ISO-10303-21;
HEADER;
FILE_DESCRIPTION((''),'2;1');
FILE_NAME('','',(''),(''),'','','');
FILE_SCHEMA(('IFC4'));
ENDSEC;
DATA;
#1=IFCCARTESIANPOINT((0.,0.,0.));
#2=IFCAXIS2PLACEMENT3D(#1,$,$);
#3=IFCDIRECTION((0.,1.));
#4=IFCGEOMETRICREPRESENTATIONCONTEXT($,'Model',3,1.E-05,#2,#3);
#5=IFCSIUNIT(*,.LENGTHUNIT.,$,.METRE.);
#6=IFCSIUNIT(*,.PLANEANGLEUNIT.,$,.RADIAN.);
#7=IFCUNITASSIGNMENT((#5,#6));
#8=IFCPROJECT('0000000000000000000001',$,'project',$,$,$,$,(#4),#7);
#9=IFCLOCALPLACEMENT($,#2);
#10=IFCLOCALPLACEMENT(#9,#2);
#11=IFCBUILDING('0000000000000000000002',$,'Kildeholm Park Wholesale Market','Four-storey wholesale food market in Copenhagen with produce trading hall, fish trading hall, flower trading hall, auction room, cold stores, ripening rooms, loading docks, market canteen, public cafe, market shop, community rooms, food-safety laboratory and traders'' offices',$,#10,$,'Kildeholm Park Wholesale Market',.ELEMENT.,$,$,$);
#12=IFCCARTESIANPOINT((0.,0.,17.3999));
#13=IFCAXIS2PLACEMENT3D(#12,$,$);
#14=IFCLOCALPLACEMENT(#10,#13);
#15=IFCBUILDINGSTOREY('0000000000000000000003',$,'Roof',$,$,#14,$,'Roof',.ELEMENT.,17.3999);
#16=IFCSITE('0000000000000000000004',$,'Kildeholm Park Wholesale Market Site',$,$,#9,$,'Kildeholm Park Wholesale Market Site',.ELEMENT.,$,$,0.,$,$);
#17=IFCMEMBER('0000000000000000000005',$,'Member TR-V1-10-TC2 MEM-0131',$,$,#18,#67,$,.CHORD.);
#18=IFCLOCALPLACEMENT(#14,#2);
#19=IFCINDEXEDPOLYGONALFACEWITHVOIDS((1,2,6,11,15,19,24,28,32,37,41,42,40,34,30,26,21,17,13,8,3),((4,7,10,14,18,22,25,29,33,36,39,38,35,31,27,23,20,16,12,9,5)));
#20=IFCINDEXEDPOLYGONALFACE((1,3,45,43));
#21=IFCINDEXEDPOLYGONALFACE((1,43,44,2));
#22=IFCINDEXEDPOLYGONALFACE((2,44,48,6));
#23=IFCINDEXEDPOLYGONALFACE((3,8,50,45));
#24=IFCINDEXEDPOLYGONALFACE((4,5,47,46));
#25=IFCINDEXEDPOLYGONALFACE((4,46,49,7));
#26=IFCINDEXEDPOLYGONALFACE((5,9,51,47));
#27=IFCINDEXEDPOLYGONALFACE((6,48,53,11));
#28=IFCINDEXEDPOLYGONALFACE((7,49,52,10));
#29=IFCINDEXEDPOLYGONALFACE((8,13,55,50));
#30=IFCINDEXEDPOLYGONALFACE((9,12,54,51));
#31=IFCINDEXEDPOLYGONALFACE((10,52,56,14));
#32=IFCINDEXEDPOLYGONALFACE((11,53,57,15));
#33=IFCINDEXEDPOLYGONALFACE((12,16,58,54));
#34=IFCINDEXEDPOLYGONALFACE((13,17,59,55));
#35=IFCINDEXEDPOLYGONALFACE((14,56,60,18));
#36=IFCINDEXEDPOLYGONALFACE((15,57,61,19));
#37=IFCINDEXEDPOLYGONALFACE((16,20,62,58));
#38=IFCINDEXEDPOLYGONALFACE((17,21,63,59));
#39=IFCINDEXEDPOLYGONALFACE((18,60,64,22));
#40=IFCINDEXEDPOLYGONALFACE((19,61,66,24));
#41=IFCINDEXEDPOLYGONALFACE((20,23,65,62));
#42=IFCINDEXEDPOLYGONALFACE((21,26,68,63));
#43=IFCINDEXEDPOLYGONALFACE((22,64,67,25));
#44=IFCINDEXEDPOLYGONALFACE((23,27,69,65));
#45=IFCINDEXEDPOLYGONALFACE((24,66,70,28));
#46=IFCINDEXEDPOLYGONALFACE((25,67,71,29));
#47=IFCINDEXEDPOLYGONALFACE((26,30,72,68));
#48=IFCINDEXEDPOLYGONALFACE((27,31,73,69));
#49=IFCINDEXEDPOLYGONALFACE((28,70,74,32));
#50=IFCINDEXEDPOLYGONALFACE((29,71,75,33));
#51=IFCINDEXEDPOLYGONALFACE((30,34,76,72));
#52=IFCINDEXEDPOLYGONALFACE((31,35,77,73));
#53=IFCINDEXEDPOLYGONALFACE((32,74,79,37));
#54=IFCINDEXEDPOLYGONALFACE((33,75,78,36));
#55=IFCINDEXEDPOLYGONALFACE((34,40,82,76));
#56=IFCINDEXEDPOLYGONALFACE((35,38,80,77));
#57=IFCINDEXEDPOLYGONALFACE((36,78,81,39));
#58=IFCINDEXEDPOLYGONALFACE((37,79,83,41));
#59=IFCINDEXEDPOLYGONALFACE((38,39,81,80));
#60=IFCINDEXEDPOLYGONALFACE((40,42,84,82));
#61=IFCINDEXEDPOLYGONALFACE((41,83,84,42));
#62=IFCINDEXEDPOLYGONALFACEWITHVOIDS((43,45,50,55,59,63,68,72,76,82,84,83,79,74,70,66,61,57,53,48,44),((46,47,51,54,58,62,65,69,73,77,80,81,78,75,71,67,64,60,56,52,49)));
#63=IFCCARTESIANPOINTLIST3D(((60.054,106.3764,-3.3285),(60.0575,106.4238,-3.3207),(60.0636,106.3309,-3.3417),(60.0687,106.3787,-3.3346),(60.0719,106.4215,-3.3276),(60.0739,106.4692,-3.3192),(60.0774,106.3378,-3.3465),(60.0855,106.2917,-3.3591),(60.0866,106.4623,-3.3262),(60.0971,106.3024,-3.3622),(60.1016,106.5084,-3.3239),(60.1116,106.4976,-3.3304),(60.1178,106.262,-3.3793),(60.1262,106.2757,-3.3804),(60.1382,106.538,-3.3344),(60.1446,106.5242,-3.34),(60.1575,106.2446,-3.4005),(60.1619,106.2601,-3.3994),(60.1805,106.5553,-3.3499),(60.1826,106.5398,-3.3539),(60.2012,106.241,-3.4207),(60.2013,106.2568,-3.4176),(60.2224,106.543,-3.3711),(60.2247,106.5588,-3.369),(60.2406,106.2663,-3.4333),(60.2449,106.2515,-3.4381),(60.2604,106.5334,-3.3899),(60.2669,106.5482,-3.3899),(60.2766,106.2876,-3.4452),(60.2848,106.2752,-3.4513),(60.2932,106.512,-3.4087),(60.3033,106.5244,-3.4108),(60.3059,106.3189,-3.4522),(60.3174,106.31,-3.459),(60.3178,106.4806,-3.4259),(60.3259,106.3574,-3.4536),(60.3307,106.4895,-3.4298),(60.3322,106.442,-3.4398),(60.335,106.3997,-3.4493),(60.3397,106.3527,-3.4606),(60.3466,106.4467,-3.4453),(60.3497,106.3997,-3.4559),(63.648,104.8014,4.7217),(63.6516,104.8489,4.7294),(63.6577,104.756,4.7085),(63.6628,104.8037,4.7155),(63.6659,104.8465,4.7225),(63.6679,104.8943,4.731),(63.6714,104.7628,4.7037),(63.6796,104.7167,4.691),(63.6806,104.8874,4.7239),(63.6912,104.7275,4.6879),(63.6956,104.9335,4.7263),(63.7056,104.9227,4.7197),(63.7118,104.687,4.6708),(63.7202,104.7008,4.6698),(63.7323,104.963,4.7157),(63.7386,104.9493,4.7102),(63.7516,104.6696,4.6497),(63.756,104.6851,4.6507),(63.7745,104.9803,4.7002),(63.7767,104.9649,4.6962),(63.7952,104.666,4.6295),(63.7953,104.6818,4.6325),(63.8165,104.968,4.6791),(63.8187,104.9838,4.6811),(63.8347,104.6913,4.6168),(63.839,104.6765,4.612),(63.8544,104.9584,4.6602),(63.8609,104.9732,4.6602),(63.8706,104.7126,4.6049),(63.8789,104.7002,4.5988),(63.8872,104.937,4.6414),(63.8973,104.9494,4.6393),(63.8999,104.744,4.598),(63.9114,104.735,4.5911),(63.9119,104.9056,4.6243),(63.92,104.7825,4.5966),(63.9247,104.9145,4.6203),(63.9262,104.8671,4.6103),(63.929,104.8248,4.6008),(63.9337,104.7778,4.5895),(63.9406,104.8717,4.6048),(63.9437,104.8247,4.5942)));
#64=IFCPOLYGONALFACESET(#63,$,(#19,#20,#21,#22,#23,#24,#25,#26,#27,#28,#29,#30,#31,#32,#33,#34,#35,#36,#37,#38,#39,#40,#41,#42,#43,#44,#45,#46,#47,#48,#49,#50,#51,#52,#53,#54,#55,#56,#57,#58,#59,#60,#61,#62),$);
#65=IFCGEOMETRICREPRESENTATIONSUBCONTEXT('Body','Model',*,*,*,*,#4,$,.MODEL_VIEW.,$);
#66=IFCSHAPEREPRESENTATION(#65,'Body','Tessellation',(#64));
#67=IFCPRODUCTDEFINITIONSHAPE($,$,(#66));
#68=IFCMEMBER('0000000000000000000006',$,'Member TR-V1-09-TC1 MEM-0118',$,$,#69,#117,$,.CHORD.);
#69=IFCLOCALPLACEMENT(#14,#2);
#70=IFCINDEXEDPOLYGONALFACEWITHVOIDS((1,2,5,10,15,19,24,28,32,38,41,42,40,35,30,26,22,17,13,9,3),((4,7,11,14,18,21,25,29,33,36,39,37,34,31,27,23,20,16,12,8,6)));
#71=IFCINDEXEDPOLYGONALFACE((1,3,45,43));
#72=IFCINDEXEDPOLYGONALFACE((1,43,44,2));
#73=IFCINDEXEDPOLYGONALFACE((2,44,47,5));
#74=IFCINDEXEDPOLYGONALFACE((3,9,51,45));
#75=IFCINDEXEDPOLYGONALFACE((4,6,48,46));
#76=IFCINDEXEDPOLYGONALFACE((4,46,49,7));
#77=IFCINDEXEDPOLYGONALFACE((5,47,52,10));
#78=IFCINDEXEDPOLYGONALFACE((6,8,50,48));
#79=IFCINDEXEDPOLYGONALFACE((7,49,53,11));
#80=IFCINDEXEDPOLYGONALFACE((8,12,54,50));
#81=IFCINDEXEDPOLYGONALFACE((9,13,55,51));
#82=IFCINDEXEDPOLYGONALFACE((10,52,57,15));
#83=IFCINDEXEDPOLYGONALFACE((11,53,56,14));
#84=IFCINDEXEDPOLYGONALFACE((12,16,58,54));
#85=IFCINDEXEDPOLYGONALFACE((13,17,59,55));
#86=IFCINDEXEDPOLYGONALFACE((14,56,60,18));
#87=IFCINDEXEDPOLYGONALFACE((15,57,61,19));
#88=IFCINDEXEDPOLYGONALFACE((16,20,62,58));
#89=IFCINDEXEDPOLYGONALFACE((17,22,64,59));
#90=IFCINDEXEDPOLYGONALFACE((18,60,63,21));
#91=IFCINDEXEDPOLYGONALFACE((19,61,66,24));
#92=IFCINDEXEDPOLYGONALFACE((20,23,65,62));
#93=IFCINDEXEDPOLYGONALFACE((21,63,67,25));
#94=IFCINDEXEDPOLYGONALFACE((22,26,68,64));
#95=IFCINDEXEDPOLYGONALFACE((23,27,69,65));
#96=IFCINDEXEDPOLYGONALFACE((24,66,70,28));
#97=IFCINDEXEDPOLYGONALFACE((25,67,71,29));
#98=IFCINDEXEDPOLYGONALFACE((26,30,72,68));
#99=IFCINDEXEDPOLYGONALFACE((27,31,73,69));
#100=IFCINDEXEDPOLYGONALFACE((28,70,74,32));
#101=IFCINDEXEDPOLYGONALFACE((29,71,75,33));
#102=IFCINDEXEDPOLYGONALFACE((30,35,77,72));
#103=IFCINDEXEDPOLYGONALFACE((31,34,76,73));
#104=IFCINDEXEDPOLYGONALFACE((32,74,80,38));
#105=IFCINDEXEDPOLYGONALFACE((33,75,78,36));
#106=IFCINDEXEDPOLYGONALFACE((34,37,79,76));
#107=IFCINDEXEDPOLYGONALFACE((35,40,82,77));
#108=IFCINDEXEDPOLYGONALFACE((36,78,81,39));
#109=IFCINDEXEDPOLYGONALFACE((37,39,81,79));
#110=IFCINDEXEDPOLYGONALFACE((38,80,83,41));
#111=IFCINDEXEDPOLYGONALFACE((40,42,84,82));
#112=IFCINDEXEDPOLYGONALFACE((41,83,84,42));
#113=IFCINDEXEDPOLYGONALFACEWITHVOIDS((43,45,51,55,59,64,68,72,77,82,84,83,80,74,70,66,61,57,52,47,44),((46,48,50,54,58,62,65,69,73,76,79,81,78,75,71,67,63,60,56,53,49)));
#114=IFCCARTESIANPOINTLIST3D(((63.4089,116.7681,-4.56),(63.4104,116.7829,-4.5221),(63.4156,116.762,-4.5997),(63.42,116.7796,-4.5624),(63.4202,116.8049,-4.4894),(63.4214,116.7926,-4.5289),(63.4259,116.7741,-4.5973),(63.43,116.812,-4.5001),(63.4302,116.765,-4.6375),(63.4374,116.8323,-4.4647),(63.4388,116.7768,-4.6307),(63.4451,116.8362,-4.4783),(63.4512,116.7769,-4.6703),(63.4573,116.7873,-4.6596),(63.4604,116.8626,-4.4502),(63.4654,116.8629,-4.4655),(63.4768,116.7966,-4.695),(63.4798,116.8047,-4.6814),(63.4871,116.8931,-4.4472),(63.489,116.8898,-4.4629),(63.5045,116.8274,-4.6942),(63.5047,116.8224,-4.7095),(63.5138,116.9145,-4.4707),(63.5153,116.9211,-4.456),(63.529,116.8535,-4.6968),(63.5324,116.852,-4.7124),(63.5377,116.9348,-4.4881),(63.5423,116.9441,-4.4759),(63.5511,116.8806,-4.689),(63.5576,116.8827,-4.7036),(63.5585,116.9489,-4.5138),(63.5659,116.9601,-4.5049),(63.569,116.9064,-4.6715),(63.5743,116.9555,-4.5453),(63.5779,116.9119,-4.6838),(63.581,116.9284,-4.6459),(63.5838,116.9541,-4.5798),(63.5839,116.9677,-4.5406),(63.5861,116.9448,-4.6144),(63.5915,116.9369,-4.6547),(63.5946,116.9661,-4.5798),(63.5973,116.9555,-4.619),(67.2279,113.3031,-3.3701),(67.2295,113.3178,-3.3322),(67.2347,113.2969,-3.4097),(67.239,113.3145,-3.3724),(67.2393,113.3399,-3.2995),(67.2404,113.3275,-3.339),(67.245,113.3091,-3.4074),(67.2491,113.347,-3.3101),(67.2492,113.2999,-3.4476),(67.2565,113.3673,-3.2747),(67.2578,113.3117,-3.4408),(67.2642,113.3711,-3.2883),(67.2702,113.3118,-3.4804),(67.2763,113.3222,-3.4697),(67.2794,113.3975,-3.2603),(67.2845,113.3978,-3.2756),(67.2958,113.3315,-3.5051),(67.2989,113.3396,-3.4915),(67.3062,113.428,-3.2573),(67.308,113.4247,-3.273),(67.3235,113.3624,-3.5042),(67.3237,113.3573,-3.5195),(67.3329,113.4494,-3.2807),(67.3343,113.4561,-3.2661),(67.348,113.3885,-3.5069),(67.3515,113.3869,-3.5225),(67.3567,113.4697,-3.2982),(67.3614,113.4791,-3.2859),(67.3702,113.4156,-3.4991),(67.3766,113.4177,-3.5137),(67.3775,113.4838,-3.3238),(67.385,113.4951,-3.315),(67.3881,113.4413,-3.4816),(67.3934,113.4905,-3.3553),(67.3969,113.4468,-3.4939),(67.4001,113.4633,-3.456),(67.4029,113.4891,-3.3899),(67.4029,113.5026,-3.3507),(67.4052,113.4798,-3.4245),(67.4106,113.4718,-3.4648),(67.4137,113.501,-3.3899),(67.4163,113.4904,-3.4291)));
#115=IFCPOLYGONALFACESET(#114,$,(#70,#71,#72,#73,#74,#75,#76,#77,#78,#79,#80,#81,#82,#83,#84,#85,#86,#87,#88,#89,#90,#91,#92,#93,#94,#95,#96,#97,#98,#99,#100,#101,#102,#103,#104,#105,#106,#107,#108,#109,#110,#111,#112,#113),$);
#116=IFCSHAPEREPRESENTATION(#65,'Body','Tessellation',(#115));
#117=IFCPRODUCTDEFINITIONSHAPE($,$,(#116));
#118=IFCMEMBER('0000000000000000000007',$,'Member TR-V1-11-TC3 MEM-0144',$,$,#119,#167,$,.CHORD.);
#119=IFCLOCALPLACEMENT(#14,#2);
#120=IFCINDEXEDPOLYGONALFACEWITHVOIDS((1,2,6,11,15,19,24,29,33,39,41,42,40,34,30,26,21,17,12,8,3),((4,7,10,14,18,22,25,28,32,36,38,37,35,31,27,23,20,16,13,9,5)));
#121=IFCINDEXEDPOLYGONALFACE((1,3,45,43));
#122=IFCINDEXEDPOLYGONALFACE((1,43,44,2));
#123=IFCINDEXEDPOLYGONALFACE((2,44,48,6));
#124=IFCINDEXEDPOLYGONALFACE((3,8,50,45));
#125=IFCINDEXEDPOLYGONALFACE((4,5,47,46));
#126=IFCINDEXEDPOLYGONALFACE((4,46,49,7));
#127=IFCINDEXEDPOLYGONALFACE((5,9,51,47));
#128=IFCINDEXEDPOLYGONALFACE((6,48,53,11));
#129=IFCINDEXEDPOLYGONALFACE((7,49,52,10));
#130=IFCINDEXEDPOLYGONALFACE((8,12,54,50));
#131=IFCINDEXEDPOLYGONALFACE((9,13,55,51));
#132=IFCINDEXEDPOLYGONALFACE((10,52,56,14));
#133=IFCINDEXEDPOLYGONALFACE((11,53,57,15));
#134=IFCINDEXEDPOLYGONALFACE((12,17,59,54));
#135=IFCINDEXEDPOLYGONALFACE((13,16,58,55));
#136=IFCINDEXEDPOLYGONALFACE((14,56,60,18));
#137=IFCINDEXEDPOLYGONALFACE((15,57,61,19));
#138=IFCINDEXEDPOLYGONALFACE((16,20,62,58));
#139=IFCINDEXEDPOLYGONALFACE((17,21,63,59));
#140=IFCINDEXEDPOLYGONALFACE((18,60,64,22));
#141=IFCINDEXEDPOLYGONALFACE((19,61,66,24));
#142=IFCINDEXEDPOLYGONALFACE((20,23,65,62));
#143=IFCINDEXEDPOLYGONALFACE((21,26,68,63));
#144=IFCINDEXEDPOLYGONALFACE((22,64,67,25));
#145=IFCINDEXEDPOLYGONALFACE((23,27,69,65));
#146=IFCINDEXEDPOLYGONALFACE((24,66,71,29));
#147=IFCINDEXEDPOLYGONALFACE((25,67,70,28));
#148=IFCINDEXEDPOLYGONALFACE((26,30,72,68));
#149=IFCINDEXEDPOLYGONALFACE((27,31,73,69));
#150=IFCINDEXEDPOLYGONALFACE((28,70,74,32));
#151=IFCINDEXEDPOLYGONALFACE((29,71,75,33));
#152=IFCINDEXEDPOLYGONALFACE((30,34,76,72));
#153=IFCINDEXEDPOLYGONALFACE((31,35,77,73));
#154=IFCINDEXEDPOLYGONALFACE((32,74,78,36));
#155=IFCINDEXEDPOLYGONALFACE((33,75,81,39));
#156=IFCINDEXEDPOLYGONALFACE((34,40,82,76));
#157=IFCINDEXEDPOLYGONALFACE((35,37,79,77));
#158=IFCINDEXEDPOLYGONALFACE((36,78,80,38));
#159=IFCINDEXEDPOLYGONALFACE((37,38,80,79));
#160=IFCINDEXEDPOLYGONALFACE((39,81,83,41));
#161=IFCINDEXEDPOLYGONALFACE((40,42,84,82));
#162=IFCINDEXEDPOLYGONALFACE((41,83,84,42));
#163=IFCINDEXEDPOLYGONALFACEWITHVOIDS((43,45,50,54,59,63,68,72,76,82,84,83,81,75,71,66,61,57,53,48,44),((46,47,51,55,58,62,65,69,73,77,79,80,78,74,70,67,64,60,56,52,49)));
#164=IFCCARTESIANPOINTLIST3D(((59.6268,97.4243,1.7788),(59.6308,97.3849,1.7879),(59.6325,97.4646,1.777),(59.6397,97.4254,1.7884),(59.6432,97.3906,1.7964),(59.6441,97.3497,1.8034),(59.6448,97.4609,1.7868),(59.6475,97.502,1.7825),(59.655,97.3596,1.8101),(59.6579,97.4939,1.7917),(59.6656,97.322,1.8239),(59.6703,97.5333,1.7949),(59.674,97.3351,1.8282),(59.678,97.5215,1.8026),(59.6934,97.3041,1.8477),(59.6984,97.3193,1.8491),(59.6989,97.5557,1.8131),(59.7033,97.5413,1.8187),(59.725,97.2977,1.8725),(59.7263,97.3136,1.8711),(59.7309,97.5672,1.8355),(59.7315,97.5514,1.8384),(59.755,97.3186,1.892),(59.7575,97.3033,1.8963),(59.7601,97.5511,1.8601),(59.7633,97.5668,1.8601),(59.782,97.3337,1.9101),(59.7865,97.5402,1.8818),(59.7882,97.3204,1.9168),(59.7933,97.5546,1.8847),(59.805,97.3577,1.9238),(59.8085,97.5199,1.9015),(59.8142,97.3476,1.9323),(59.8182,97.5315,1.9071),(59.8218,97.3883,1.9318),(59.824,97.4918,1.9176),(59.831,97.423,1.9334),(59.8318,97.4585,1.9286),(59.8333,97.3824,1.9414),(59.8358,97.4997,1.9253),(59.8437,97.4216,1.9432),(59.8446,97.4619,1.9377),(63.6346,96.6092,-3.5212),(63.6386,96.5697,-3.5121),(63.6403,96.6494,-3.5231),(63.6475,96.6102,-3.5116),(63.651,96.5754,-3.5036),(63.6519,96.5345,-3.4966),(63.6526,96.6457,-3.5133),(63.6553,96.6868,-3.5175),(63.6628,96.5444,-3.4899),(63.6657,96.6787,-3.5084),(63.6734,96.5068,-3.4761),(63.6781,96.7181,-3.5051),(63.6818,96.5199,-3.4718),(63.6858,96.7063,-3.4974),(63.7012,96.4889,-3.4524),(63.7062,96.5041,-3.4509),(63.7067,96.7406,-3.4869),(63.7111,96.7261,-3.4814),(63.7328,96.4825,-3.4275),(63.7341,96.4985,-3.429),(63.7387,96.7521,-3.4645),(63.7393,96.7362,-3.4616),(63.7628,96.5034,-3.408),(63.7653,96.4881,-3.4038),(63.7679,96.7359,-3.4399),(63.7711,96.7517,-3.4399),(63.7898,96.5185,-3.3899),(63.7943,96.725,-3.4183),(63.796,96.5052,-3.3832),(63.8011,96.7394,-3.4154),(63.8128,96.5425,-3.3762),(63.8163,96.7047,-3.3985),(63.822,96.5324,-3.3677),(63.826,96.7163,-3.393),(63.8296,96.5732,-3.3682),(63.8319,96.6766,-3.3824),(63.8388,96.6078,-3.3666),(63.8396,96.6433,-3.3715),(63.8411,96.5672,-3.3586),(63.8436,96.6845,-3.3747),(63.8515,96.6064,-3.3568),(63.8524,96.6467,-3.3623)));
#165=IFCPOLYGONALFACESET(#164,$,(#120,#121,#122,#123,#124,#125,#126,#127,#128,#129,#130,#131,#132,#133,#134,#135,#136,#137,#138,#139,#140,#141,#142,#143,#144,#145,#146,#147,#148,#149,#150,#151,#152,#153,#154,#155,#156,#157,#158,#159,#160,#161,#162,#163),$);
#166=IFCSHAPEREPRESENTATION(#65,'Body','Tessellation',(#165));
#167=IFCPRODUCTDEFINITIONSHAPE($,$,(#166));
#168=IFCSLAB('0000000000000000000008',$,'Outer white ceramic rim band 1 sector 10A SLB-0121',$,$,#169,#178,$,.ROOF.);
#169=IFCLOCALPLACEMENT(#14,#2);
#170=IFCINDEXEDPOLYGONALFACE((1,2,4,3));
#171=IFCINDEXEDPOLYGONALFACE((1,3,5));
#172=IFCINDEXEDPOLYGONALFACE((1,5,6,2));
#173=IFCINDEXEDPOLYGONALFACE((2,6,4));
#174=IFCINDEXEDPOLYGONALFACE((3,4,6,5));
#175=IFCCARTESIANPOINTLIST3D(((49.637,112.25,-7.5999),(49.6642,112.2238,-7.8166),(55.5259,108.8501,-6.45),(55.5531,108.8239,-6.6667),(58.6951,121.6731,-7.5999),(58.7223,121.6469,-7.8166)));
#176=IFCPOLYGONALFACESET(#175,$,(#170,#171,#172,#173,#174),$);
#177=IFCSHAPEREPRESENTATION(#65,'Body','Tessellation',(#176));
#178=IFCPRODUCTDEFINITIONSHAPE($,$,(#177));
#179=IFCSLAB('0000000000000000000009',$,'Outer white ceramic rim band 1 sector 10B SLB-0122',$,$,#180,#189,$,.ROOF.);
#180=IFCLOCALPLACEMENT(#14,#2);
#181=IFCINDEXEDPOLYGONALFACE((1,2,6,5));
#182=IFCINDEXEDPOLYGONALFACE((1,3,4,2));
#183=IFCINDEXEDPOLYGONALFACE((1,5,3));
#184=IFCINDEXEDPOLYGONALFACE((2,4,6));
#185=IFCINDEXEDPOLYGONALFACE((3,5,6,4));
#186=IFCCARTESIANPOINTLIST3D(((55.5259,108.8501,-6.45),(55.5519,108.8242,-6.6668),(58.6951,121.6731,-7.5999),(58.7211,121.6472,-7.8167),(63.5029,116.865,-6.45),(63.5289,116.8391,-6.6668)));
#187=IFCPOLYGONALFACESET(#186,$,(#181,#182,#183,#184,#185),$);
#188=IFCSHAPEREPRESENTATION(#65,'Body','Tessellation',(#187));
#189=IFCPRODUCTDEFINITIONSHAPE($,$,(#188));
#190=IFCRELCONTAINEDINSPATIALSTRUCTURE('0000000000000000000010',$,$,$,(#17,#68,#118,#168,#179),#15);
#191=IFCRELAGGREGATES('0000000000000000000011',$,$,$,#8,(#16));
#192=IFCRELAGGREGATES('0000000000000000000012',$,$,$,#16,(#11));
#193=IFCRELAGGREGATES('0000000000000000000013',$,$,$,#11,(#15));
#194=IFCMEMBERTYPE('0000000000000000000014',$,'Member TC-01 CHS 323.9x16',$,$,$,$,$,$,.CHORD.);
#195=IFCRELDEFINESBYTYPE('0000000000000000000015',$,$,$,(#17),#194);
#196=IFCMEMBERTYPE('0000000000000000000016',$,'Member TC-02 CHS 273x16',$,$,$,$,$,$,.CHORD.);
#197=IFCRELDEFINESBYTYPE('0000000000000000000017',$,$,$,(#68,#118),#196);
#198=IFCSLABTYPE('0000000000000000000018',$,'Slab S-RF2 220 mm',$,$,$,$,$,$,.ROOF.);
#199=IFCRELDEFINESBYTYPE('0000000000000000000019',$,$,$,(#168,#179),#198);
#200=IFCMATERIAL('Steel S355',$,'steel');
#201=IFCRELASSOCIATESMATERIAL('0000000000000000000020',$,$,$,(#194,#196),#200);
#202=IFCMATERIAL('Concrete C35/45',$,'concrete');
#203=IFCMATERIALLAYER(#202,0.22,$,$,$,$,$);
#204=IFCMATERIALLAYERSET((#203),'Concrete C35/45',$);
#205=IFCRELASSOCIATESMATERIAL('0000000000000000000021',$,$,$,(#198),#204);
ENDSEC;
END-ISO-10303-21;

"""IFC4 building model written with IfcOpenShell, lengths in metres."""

from ifc_helpers import new_model, si_unit, direction, frame, origin, origin_2d, place, context, subcontext, project, spatial, polyline, hollow_circle, outline, extrude, material, layer, layer_set, material_profile, profile_set, type_object, element, save


model = new_model("IFC4")

# Units and contexts
model_context = context("Model", 3, precision=1e-05, world=origin(), true_north=direction((0.0, 1.0)))
body_context = subcontext(model_context, "Body", "Model", "MODEL_VIEW")
ifc_project = project(units=[si_unit("LENGTHUNIT", "METRE"), si_unit("PLANEANGLEUNIT", "RADIAN")], contexts=[model_context])

# Site, building, storey
site_placement = place(None, origin())
site = spatial("IfcSite", under=ifc_project, at=site_placement, Name="Kildeholm Park Wholesale Market Site", LongName="Kildeholm Park Wholesale Market Site", CompositionType="ELEMENT", RefElevation=0.0)
building_placement = place(site_placement, origin())
building = spatial("IfcBuilding", under=site, at=building_placement, Name="Kildeholm Park Wholesale Market", Description="Four-storey wholesale food market in Copenhagen with produce trading hall, fish trading hall, flower trading hall, auction room, cold stores, ripening rooms, loading docks, market canteen, public cafe, market shop, community rooms, food-safety laboratory and traders' offices", LongName="Kildeholm Park Wholesale Market", CompositionType="ELEMENT")
storey_placement = place(building_placement, frame((0.0, 0.0, 17.3999)))
storey = spatial("IfcBuildingStorey", under=building, at=storey_placement, Name="Roof", LongName="Roof", CompositionType="ELEMENT", Elevation=17.3999)

# Shared definitions
ifc_material_1 = material(Name="Steel S355", Category="steel")

# Members
ifc_material_profile_1 = material_profile(ifc_material_1, hollow_circle(Radius=0.1619, WallThickness=0.0161, at=origin_2d()), Name="CHS 323.9x16")
ifc_profile_set_1 = profile_set([ifc_material_profile_1], Name="Steel S355")
member_type_1 = type_object("IfcMemberType", Name="Member TC-01 CHS 323.9x16", PredefinedType="CHORD", material=ifc_profile_set_1)
member_1_placement = place(storey_placement, frame((60.2019, 106.3999, -3.3899), z_axis=(0.401318, -0.175865, 0.898897), x_axis=(0.40137, 0.915916, 0.0)))
element("IfcMember", 1, at=member_1_placement, inside=storey, type_object=member_type_1, Name="Member TR-V1-10-TC2 MEM-0131", PredefinedType="CHORD", context=body_context, shape_type="SweptSolid", body=[
    extrude(hollow_circle(Radius=0.1619, WallThickness=0.0161, at=origin_2d()), origin(), (0.0, 0.0, 1.0), 8.9556),
])
ifc_material_profile_2 = material_profile(ifc_material_1, hollow_circle(Radius=0.1365, WallThickness=0.0161, at=origin_2d()), Name="CHS 273x16")
ifc_profile_set_2 = profile_set([ifc_material_profile_2], Name="Steel S355")
member_type_2 = type_object("IfcMemberType", Name="Member TC-02 CHS 273x16", PredefinedType="CHORD", material=ifc_profile_set_2)
member_2_placement = place(storey_placement, frame((63.5029, 116.865, -4.5798), z_axis=(0.721634, -0.654744, 0.224845), x_axis=(0.671949, 0.740597, 0.0)))
element("IfcMember", 2, at=member_2_placement, inside=storey, type_object=member_type_2, Name="Member TR-V1-09-TC1 MEM-0118", PredefinedType="CHORD", context=body_context, shape_type="SweptSolid", body=[
    extrude(hollow_circle(Radius=0.1365, WallThickness=0.0161, at=origin_2d()), origin(), (0.0, 0.0, 1.0), 5.2922),
])
member_3_placement = place(storey_placement, frame((59.7361, 97.4331, 1.8601), z_axis=(0.598664, -0.121768, -0.791691), x_axis=(0.199318, 0.979935, 0.0)))
element("IfcMember", 3, at=member_3_placement, inside=storey, type_object=member_type_2, Name="Member TR-V1-11-TC3 MEM-0144", PredefinedType="CHORD", context=body_context, shape_type="SweptSolid", body=[
    extrude(hollow_circle(Radius=0.1365, WallThickness=0.0161, at=origin_2d()), origin(), (0.0, 0.0, 1.0), 6.6946),
])

# Slabs
ifc_material_2 = material(Name="Concrete C35/45", Category="concrete")
ifc_layer_1 = layer(ifc_material_2, 0.22)
ifc_layer_set_1 = layer_set([ifc_layer_1], Name="Concrete C35/45")
slab_type = type_object("IfcSlabType", Name="Slab S-RF2 220 mm", PredefinedType="ROOF", material=ifc_layer_set_1)
slab_1_placement = place(storey_placement, frame((58.6951, 121.6731, -7.5999), z_axis=(-0.123712, 0.11892, 0.985167), x_axis=(-0.693007, -0.720931, 0.0)))
element("IfcSlab", 4, at=slab_1_placement, inside=storey, type_object=slab_type, Name="Outer white ceramic rim band 1 sector 10A SLB-0121", PredefinedType="ROOF", context=body_context, shape_type="SweptSolid", body=[
    extrude(outline(polyline([(0.0, 0.0), (13.0707, 0.0), (11.4408, 6.7011), (0.0, 0.0)])), origin(), (0.0, 0.0, -1.0), 0.22),
])
slab_2_placement = place(storey_placement, frame((58.6951, 121.6731, -7.5999), z_axis=(-0.118187, 0.117629, 0.986), x_axis=(-0.239026, -0.967132, 0.086728)))
element("IfcSlab", 5, at=slab_2_placement, inside=storey, type_object=slab_type, Name="Outer white ceramic rim band 1 sector 10B SLB-0122", PredefinedType="ROOF", context=body_context, shape_type="SweptSolid", body=[
    extrude(outline(polyline([(0.0, 0.0), (13.2588, 0.0), (3.6006, 5.8814), (0.0, 0.0)])), origin(), (0.0, 0.0, -1.0), 0.22),
])

save(model, "model.ifc")
